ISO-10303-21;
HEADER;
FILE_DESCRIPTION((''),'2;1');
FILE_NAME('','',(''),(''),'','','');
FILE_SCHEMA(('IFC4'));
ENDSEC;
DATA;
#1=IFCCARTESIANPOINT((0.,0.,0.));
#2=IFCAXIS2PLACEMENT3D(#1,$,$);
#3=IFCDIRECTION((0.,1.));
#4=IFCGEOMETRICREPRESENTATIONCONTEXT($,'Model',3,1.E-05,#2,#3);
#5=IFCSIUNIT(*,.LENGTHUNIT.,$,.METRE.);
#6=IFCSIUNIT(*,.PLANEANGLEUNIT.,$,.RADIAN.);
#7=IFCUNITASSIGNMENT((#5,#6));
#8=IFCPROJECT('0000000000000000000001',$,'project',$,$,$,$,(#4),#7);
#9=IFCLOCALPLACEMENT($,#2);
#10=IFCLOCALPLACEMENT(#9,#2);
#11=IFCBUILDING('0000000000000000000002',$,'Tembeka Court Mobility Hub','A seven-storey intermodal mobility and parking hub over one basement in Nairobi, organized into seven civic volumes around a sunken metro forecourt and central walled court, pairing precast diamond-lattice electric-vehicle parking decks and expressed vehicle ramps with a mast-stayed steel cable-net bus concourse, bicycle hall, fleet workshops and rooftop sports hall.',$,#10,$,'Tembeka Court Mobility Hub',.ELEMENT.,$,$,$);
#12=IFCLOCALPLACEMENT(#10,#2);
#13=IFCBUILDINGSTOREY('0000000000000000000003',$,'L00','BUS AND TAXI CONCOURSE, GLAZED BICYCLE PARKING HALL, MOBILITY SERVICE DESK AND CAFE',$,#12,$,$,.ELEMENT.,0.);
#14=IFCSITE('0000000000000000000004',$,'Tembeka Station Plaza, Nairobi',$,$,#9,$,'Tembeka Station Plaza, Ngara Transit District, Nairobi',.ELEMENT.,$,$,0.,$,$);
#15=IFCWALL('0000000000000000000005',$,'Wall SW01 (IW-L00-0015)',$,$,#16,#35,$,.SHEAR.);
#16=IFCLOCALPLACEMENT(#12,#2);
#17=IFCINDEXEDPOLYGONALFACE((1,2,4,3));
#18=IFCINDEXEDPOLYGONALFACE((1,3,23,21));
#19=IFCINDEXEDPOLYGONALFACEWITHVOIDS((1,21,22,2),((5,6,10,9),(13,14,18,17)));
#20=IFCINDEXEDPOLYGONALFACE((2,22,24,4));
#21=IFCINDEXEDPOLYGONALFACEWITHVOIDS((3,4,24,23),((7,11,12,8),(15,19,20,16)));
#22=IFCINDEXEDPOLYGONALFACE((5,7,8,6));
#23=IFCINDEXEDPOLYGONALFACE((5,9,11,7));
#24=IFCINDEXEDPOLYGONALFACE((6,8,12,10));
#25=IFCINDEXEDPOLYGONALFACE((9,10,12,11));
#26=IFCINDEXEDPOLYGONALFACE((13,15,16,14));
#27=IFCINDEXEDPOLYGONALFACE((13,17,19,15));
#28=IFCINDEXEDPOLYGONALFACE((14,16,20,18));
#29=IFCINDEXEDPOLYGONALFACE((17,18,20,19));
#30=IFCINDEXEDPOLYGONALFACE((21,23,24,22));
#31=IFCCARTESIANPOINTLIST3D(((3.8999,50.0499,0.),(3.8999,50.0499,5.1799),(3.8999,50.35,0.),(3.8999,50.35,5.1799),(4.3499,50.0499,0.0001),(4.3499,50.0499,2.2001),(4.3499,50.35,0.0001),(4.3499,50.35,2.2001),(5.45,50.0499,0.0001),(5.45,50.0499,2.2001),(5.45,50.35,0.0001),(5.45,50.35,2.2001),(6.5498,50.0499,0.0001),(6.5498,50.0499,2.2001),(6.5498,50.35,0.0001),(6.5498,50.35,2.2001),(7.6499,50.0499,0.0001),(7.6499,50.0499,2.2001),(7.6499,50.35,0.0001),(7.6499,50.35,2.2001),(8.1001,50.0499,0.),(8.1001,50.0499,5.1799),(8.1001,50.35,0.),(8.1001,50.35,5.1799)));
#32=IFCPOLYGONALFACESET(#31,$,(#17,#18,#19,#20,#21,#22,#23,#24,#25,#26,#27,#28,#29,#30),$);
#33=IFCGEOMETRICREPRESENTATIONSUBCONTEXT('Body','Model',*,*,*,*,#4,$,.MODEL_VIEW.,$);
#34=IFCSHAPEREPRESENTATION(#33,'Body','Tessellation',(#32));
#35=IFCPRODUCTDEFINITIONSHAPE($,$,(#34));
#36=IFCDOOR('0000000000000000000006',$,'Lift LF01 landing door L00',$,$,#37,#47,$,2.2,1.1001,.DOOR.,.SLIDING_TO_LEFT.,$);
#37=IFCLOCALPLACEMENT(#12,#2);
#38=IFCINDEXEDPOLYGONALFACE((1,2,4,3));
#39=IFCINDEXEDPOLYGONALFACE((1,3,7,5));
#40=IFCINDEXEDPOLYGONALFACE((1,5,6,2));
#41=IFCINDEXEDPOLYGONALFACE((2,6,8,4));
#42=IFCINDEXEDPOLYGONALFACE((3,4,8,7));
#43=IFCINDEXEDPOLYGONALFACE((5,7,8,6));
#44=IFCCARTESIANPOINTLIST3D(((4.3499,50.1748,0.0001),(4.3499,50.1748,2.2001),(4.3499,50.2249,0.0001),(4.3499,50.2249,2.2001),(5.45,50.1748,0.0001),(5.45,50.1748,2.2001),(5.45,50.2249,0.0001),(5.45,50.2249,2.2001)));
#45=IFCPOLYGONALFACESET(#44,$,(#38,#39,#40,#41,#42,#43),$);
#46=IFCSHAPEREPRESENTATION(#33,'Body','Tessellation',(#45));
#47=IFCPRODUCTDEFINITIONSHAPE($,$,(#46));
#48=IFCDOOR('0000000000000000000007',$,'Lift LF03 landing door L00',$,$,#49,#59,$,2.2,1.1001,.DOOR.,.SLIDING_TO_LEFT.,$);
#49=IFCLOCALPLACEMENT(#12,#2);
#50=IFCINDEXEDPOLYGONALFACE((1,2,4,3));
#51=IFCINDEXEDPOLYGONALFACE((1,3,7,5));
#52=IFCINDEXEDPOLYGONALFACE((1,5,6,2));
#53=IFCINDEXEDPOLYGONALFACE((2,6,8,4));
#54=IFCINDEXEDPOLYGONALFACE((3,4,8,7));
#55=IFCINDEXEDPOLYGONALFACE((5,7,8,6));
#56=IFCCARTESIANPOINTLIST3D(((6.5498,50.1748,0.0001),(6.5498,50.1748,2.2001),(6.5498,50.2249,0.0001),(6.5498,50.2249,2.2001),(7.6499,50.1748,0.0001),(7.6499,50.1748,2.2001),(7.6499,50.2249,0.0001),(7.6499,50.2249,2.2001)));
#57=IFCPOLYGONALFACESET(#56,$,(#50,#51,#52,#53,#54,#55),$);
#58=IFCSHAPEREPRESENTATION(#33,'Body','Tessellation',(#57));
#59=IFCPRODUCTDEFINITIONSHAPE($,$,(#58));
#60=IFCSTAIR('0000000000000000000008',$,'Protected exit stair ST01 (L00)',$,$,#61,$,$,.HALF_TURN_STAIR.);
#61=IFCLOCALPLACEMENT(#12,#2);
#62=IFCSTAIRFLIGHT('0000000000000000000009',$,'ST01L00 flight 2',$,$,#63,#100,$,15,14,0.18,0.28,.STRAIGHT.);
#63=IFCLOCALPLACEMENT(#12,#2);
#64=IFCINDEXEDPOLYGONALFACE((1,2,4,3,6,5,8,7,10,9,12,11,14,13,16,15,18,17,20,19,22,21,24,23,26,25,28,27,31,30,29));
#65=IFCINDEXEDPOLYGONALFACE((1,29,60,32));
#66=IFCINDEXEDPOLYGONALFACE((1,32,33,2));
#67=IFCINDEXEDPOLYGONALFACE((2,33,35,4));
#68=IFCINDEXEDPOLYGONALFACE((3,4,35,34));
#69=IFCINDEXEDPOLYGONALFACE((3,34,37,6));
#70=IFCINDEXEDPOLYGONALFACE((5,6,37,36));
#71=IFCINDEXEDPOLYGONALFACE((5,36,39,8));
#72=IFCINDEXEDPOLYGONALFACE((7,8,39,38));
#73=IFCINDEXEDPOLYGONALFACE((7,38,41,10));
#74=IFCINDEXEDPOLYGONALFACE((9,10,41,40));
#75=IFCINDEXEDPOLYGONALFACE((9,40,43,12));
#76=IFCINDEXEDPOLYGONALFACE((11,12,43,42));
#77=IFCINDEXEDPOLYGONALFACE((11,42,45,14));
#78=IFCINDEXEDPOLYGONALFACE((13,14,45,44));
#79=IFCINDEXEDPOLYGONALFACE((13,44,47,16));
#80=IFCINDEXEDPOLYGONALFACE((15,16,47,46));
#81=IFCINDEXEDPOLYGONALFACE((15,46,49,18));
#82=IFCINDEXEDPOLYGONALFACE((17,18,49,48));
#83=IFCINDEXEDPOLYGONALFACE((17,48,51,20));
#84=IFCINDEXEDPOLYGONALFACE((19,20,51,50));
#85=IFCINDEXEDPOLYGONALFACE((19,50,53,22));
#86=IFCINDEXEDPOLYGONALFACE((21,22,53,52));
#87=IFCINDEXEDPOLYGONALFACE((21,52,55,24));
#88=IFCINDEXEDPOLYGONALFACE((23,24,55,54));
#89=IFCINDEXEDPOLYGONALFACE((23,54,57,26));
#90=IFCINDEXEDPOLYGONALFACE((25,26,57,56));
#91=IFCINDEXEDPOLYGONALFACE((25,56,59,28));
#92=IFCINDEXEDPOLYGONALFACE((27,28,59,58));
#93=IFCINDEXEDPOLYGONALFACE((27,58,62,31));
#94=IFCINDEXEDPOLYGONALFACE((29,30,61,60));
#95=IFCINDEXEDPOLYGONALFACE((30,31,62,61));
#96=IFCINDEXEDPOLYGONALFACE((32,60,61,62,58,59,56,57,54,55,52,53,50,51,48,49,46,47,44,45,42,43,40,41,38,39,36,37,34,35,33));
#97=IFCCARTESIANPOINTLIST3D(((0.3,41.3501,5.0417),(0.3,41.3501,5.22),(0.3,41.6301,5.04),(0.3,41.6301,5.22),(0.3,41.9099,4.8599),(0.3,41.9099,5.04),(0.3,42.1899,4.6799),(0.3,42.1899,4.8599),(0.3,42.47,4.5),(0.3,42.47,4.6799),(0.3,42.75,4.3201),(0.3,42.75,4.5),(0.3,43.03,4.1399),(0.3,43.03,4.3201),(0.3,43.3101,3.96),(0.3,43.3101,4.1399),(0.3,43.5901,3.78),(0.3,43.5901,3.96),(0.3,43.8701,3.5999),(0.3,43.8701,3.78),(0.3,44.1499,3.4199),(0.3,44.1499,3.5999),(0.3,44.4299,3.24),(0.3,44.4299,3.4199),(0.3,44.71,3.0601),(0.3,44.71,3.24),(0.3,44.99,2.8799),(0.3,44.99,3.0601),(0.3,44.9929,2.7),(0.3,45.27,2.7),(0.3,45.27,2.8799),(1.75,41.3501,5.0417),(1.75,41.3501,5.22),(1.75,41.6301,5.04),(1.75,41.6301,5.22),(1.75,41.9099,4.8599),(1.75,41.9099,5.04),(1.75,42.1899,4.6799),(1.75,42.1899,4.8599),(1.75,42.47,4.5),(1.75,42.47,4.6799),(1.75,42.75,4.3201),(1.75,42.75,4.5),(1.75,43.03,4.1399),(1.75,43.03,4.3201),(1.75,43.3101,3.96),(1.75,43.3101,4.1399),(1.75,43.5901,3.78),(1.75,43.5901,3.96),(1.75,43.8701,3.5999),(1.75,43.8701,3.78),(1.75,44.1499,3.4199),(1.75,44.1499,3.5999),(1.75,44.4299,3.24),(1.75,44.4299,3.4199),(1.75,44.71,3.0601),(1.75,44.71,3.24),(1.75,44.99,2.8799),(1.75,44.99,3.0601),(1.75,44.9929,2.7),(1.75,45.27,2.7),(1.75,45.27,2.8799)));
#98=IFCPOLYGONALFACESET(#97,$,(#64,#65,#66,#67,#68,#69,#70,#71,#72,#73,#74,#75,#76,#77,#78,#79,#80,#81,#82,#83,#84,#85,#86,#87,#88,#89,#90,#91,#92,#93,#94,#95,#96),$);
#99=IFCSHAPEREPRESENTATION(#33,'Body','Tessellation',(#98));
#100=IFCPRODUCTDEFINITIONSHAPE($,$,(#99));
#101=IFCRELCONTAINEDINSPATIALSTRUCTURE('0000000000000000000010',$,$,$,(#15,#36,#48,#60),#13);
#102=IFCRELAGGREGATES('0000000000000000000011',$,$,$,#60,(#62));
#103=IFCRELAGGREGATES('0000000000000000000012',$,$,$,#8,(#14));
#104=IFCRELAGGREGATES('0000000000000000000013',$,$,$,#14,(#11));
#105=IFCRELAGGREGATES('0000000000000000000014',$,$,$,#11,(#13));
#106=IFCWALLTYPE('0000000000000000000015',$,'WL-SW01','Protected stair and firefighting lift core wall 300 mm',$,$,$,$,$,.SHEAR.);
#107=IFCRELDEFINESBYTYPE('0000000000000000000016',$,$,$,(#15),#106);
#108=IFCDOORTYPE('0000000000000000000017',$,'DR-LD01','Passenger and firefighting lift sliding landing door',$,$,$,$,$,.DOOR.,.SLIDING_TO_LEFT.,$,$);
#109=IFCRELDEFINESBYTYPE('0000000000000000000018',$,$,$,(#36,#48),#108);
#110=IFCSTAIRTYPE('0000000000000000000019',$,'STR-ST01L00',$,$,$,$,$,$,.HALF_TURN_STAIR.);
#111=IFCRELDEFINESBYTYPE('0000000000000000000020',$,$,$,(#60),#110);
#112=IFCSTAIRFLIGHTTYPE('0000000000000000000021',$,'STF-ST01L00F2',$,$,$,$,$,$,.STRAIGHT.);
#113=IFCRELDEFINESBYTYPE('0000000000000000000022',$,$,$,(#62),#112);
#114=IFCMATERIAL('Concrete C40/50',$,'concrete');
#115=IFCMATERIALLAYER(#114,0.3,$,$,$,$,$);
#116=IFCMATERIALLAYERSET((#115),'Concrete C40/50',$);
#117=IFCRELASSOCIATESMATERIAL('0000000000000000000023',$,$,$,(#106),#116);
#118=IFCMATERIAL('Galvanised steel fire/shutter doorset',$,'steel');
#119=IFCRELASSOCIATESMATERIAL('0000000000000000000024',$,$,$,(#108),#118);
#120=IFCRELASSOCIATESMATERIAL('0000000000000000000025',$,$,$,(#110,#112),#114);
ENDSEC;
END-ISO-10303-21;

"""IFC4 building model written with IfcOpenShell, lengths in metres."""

from ifc_helpers import new_model, si_unit, direction, frame, frame_2d, origin, place, context, subcontext, project, spatial, polyline, rectangle, outline, extrude, material, layer, layer_set, type_object, element, fill, aggregate, save


model = new_model("IFC4")

# Units and contexts
model_context = context("Model", 3, precision=1e-05, world=origin(), true_north=direction((0.0, 1.0)))
body_context = subcontext(model_context, "Body", "Model", "MODEL_VIEW")
ifc_project = project(units=[si_unit("LENGTHUNIT", "METRE"), si_unit("PLANEANGLEUNIT", "RADIAN")], contexts=[model_context])

# Site, building, storey
site_placement = place(None, origin())
site = spatial("IfcSite", under=ifc_project, at=site_placement, Name="Tembeka Station Plaza, Nairobi", LongName="Tembeka Station Plaza, Ngara Transit District, Nairobi", CompositionType="ELEMENT", RefElevation=0.0)
building_placement = place(site_placement, origin())
building = spatial("IfcBuilding", under=site, at=building_placement, Name="Tembeka Court Mobility Hub", Description="A seven-storey intermodal mobility and parking hub over one basement in Nairobi, organized into seven civic volumes around a sunken metro forecourt and central walled court, pairing precast diamond-lattice electric-vehicle parking decks and expressed vehicle ramps with a mast-stayed steel cable-net bus concourse, bicycle hall, fleet workshops and rooftop sports hall.", LongName="Tembeka Court Mobility Hub", CompositionType="ELEMENT")
storey_placement = place(building_placement, origin())
storey = spatial("IfcBuildingStorey", under=building, at=storey_placement, Name="L00", Description="BUS AND TAXI CONCOURSE, GLAZED BICYCLE PARKING HALL, MOBILITY SERVICE DESK AND CAFE", CompositionType="ELEMENT", Elevation=0.0)

# Shared definitions
ifc_material_1 = material(Name="Concrete C40/50", Category="concrete")
ifc_layer_1 = layer(ifc_material_1, 0.3)
ifc_layer_set_1 = layer_set([ifc_layer_1], Name="Concrete C40/50")
wall_type_1 = type_object("IfcWallType", Name="WL-SW01", Description="Protected stair and firefighting lift core wall 300 mm", PredefinedType="SHEAR", material=ifc_layer_set_1)

# Wall, openings, doors
wall_1_placement = place(storey_placement, frame((3.8999, 50.2, 0.0), z_axis=(0.0, 0.0, 1.0), x_axis=(1.0, 0.0, 0.0)))
wall_1 = element("IfcWall", 1, at=wall_1_placement, inside=storey, type_object=wall_type_1, Name="Wall SW01 (IW-L00-0015)", PredefinedType="SHEAR", context=body_context, shape_type="SweptSolid", body=[
    extrude(rectangle(XDim=4.2002, YDim=0.3, at=frame_2d((2.1001, 0.0))), origin(), (0.0, 0.0, 1.0), 5.1799),
])
opening_1_placement = place(wall_1_placement, frame((0.45, 0.0, 0.0)))
opening_1 = element("IfcOpeningElement", 2, at=opening_1_placement, cuts=wall_1, PredefinedType="OPENING", context=body_context, shape_type="SweptSolid", body=[
    extrude(rectangle(XDim=1.1001, YDim=2.2, at=frame_2d((0.55, 1.1001))), frame((0.0, 0.1602, 0.0), z_axis=(0.0, -1.0, 0.0), x_axis=(1.0, 0.0, 0.0)), (0.0, 0.0, 1.0), 0.3201),
])
opening_2_placement = place(wall_1_placement, frame((2.6499, 0.0, 0.0)))
opening_2 = element("IfcOpeningElement", 3, at=opening_2_placement, cuts=wall_1, PredefinedType="OPENING", context=body_context, shape_type="SweptSolid", body=[
    extrude(rectangle(XDim=1.1001, YDim=2.2, at=frame_2d((0.55, 1.1001))), frame((0.0, 0.1602, 0.0), z_axis=(0.0, -1.0, 0.0), x_axis=(1.0, 0.0, 0.0)), (0.0, 0.0, 1.0), 0.3201),
])
ifc_material_2 = material(Name="Galvanised steel fire/shutter doorset", Category="steel")
door_type = type_object("IfcDoorType", Name="DR-LD01", Description="Passenger and firefighting lift sliding landing door", OperationType="SLIDING_TO_LEFT", PredefinedType="DOOR", material=ifc_material_2)
door_1_placement = place(opening_1_placement, origin())
door_1 = element("IfcDoor", 4, at=door_1_placement, inside=storey, type_object=door_type, Name="Lift LF01 landing door L00", OperationType="SLIDING_TO_LEFT", OverallHeight=2.2, OverallWidth=1.1001, PredefinedType="DOOR", context=body_context, shape_type="SweptSolid", body=[
    extrude(rectangle(XDim=1.1001, YDim=2.2, at=frame_2d((0.55, 1.1001))), frame((0.0, 0.0249, 0.0), z_axis=(0.0, -1.0, 0.0), x_axis=(1.0, 0.0, 0.0)), (0.0, 0.0, 1.0), 0.05),
])
fill(opening_1, door_1)
door_2_placement = place(opening_2_placement, origin())
door_2 = element("IfcDoor", 5, at=door_2_placement, inside=storey, type_object=door_type, Name="Lift LF03 landing door L00", OperationType="SLIDING_TO_LEFT", OverallHeight=2.2, OverallWidth=1.1001, PredefinedType="DOOR", context=body_context, shape_type="SweptSolid", body=[
    extrude(rectangle(XDim=1.1001, YDim=2.2, at=frame_2d((0.55, 1.1001))), frame((0.0, 0.0249, 0.0), z_axis=(0.0, -1.0, 0.0), x_axis=(1.0, 0.0, 0.0)), (0.0, 0.0, 1.0), 0.05),
])
fill(opening_2, door_2)

# Stair, stair flight
stair_type = type_object("IfcStairType", Name="STR-ST01L00", PredefinedType="HALF_TURN_STAIR", material=ifc_material_1)
stair_placement = place(storey_placement, origin())
stair = element("IfcStair", 6, at=stair_placement, inside=storey, type_object=stair_type, Name="Protected exit stair ST01 (L00)", PredefinedType="HALF_TURN_STAIR")
stair_flight_type = type_object("IfcStairFlightType", Name="STF-ST01L00F2", PredefinedType="STRAIGHT", material=ifc_material_1)
stair_flight_placement = place(storey_placement, frame((1.0249, 45.27, 2.7), z_axis=(0.0, 0.0, 1.0), x_axis=(0.0, -1.0, 0.0)))
stair_flight = element("IfcStairFlight", 7, at=stair_flight_placement, type_object=stair_flight_type, Name="ST01L00 flight 2", NumberOfRisers=15, NumberOfTreads=14, PredefinedType="STRAIGHT", RiserHeight=0.18, TreadLength=0.28, context=body_context, shape_type="SweptSolid", body=[
    extrude(outline(polyline([(0.0, 0.0), (0.0, 0.1799), (0.28, 0.1799), (0.28, 0.3601), (0.5601, 0.3601), (0.5601, 0.54), (0.8401, 0.54), (0.8401, 0.72), (1.1201, 0.72), (1.1201, 0.8999), (1.3999, 0.8999), (1.3999, 1.0801), (1.6799, 1.0801), (1.6799, 1.26), (1.96, 1.26), (1.96, 1.4399), (2.24, 1.4399), (2.24, 1.6201), (2.52, 1.6201), (2.52, 1.8), (2.8, 1.8), (2.8, 1.98), (3.0801, 1.98), (3.0801, 2.1599), (3.3601, 2.1599), (3.3601, 2.3401), (3.6399, 2.3401), (3.6399, 2.52), (3.9199, 2.52), (3.9199, 2.7), (3.9199, 2.3418), (0.2771, 0.0), (0.0, 0.0)])), frame((0.0, 0.7251, 0.0), z_axis=(0.0, -1.0, 0.0), x_axis=(1.0, 0.0, 0.0)), (0.0, 0.0, 1.0), 1.45),
])
aggregate(stair, [stair_flight])

save(model, "model.ifc")
